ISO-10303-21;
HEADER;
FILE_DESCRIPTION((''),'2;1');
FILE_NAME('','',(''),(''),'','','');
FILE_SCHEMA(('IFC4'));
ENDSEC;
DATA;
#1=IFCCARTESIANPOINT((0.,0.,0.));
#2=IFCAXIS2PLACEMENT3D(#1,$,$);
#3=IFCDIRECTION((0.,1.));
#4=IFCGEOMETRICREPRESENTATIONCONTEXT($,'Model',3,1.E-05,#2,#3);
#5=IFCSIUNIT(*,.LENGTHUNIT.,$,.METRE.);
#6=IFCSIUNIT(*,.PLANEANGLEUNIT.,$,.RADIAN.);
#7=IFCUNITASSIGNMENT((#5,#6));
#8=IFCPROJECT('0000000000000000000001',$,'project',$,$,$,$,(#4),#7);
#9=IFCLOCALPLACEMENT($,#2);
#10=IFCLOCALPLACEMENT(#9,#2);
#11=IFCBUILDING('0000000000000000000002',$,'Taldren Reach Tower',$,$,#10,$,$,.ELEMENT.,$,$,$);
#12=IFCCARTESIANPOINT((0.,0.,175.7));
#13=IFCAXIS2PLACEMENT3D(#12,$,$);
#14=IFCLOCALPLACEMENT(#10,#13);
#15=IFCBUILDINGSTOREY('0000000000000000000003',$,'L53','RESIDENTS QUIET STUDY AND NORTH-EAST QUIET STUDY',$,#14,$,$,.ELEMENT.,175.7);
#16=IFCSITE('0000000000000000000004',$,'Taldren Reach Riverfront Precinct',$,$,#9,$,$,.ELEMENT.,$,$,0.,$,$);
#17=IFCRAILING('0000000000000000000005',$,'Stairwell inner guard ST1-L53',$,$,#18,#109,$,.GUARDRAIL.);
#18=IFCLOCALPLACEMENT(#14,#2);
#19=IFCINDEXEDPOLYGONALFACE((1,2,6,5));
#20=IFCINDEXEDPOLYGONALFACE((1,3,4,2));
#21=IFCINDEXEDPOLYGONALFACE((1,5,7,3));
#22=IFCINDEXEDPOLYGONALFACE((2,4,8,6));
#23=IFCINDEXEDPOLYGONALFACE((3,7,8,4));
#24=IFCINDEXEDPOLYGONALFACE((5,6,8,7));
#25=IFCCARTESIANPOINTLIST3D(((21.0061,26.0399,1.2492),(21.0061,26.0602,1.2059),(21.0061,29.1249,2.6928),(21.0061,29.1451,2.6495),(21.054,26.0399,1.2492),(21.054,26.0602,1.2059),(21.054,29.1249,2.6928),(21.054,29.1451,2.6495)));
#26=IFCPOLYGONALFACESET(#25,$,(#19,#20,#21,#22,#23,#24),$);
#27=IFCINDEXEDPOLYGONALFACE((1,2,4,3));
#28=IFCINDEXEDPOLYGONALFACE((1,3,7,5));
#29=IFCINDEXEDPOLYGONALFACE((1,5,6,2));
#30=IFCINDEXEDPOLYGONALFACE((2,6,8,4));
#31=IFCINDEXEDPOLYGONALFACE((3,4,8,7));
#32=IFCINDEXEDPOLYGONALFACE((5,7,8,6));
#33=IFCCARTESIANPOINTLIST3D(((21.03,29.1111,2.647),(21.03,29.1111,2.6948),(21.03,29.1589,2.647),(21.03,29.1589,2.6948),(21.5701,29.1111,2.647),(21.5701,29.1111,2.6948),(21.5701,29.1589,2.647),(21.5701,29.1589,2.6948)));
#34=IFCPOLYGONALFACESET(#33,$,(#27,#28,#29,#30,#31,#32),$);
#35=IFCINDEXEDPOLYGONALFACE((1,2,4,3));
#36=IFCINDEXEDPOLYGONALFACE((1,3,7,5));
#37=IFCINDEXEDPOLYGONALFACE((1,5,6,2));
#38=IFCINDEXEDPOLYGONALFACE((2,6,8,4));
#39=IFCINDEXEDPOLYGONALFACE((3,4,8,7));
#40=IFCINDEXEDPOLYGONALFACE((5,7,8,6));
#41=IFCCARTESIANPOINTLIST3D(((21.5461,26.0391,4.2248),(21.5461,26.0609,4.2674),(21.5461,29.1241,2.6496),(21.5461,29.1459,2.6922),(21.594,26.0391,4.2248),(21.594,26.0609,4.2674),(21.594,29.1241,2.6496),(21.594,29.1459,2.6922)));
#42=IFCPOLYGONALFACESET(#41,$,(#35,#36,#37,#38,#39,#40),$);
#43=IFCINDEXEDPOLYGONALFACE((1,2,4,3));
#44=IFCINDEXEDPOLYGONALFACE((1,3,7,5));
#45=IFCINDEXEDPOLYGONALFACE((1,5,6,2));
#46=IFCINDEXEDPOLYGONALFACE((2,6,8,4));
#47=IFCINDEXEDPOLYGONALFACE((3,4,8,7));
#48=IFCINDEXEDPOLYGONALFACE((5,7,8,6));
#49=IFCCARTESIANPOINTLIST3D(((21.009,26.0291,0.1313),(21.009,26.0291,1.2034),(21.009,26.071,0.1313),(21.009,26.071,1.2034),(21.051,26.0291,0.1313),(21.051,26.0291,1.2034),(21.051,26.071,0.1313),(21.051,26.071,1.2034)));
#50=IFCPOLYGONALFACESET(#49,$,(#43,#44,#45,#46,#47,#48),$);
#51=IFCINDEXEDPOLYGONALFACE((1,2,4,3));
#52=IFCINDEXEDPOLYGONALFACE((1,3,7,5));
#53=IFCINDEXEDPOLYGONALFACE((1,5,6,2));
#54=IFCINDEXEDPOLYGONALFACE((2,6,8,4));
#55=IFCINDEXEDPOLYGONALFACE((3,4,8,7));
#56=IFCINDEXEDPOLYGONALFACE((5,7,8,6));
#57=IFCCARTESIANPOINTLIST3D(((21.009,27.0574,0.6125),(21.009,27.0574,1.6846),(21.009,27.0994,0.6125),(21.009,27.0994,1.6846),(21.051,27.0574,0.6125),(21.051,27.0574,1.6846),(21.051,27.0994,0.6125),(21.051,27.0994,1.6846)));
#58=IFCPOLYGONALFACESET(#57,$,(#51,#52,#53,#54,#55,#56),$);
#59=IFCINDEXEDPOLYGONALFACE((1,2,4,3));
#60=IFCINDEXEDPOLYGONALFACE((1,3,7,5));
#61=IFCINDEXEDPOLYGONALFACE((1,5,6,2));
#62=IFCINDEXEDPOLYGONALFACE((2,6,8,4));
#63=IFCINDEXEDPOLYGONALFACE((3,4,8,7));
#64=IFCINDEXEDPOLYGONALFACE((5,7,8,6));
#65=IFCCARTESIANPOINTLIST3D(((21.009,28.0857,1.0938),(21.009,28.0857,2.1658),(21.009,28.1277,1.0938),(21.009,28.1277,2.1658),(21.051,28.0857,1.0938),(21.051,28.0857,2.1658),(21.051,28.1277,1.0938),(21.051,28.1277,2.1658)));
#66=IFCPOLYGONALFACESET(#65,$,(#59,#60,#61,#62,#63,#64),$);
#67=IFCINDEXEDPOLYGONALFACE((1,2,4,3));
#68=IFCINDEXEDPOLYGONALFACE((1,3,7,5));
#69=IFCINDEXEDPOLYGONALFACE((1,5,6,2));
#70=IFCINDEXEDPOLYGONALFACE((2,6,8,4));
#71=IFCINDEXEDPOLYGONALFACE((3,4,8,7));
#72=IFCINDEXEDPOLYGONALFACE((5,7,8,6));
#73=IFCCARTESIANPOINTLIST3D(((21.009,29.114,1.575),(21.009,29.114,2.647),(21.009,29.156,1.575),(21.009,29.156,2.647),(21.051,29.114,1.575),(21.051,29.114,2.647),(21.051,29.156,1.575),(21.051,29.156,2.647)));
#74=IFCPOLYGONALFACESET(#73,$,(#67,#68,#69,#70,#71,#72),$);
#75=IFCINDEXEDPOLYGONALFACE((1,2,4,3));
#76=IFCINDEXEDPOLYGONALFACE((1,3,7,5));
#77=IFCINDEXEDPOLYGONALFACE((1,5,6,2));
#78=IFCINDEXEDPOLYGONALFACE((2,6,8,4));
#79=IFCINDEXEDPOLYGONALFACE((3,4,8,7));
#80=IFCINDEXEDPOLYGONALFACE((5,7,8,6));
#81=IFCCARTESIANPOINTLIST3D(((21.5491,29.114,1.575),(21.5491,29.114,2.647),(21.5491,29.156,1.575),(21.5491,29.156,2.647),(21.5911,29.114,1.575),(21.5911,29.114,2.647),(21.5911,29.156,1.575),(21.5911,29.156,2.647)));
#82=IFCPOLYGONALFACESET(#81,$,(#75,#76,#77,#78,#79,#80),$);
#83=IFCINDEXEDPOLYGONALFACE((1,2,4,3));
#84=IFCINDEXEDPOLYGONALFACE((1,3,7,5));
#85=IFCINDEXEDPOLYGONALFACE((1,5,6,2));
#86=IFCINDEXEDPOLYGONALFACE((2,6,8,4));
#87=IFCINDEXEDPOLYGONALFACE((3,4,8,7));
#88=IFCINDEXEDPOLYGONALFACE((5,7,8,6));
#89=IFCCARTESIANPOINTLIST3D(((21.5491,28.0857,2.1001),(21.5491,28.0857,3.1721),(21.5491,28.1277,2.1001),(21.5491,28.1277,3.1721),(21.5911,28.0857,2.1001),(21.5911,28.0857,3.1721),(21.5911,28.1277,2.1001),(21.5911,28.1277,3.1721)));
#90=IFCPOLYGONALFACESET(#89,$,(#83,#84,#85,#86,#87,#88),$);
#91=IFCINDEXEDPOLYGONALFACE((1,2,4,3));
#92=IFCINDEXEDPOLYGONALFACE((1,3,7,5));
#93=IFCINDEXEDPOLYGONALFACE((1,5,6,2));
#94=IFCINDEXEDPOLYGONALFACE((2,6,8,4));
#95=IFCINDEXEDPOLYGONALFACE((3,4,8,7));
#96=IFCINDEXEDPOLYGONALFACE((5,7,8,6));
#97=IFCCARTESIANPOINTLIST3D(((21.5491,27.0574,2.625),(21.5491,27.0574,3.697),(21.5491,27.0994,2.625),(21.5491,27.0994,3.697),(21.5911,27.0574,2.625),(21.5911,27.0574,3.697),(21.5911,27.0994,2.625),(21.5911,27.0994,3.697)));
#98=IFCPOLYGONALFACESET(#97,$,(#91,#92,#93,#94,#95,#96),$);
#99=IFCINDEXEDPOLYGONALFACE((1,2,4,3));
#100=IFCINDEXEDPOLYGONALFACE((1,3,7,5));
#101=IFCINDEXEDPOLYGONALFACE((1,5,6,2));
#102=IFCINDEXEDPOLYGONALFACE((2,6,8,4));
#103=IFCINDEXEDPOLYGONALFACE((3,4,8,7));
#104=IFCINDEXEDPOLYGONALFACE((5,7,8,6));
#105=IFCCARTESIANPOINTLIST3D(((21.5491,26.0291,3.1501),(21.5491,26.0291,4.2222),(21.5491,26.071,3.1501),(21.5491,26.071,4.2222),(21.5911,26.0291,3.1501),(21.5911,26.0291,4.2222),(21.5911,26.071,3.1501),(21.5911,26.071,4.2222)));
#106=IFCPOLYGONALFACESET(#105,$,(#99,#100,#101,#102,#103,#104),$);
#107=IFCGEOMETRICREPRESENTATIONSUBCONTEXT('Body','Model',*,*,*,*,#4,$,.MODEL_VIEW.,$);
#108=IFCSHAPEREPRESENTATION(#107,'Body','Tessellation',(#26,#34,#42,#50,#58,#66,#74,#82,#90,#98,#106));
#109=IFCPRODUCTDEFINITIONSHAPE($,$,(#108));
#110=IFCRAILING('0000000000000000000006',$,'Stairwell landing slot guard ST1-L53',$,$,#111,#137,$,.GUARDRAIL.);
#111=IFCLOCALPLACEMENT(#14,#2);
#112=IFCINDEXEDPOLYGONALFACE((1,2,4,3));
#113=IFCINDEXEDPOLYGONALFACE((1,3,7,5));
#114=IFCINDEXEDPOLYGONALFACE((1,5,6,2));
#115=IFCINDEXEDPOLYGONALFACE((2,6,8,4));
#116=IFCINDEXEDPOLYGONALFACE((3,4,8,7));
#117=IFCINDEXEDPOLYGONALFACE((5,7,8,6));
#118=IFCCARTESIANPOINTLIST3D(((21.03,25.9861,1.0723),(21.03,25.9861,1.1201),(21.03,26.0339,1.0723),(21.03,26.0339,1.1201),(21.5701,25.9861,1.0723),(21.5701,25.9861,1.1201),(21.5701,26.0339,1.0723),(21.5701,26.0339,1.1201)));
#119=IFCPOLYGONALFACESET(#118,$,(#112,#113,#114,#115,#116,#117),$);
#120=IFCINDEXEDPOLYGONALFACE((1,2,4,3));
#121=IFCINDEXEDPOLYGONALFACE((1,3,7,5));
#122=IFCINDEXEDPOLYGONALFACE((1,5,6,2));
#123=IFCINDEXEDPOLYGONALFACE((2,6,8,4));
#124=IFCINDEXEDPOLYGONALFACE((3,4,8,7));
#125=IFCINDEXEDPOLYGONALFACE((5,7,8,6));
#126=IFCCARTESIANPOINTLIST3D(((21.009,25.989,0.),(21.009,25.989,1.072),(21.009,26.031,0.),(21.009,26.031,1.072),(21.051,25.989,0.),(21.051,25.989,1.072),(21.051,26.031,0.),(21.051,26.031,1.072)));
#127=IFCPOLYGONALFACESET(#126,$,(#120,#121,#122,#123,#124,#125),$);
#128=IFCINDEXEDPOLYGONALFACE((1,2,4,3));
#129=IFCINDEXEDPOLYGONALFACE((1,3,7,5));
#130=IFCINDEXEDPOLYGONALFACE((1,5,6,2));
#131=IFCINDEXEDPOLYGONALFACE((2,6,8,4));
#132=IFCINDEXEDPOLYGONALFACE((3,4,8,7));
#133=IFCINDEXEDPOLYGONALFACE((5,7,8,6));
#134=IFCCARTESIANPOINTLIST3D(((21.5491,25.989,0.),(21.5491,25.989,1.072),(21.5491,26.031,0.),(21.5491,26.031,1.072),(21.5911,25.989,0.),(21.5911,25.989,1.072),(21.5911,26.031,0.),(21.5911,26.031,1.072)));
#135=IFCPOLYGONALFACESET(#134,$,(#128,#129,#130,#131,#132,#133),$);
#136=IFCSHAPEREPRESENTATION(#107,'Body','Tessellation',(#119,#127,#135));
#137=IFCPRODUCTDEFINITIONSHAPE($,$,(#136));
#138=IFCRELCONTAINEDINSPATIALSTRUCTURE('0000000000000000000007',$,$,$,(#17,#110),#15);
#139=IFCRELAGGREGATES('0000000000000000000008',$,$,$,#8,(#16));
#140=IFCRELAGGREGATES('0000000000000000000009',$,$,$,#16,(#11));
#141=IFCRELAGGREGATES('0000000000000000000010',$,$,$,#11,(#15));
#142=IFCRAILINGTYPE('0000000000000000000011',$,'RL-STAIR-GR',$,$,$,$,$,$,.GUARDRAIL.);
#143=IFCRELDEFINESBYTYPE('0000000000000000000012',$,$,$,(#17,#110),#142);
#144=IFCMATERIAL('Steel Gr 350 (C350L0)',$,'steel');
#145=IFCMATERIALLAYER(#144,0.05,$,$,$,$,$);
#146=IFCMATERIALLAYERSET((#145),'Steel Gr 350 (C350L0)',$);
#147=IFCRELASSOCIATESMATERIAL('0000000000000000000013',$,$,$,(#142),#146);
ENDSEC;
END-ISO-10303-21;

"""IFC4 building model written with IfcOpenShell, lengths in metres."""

from ifc_helpers import new_model, si_unit, direction, frame, origin, origin_2d, place, context, subcontext, project, spatial, rectangle, extrude, material, layer, layer_set, type_object, element, save


model = new_model("IFC4")

# Units and contexts
model_context = context("Model", 3, precision=1e-05, world=origin(), true_north=direction((0.0, 1.0)))
body_context = subcontext(model_context, "Body", "Model", "MODEL_VIEW")
ifc_project = project(units=[si_unit("LENGTHUNIT", "METRE"), si_unit("PLANEANGLEUNIT", "RADIAN")], contexts=[model_context])

# Site, building, storey
site_placement = place(None, origin())
site = spatial("IfcSite", under=ifc_project, at=site_placement, Name="Taldren Reach Riverfront Precinct", CompositionType="ELEMENT", RefElevation=0.0)
building_placement = place(site_placement, origin())
building = spatial("IfcBuilding", under=site, at=building_placement, Name="Taldren Reach Tower", CompositionType="ELEMENT")
storey_placement = place(building_placement, frame((0.0, 0.0, 175.7)))
storey = spatial("IfcBuildingStorey", under=building, at=storey_placement, Name="L53", Description="RESIDENTS QUIET STUDY AND NORTH-EAST QUIET STUDY", CompositionType="ELEMENT", Elevation=175.7)

# Shared definitions
ifc_material_1 = material(Name="Steel Gr 350 (C350L0)", Category="steel")

# Railings
ifc_layer_1 = layer(ifc_material_1, 0.05)
ifc_layer_set_1 = layer_set([ifc_layer_1], Name="Steel Gr 350 (C350L0)")
railing_type_1 = type_object("IfcRailingType", Name="RL-STAIR-GR", PredefinedType="GUARDRAIL", material=ifc_layer_set_1)
railing_1_placement = place(storey_placement, frame((21.03, 26.05, 0.1313)))
element("IfcRailing", 1, at=railing_1_placement, inside=storey, type_object=railing_type_1, Name="Stairwell inner guard ST1-L53", PredefinedType="GUARDRAIL", context=body_context, shape_type="SweptSolid", body=[
    extrude(rectangle(XDim=0.0479, YDim=0.0479, at=origin_2d()), frame((0.0, 0.0, 1.0962), z_axis=(0.0, 0.905738, 0.423839), x_axis=(-1.0, 0.0, 0.0)), (0.0, 0.0, 1.0), 3.406),
    extrude(rectangle(XDim=0.0479, YDim=0.0479, at=origin_2d()), frame((0.0, 3.085, 2.5396), z_axis=(1.0, 0.0, 0.0), x_axis=(0.0, 1.0, 0.0)), (0.0, 0.0, 1.0), 0.54),
    extrude(rectangle(XDim=0.0479, YDim=0.0479, at=origin_2d()), frame((0.54, 3.085, 2.5396), z_axis=(0.0, -0.890617, 0.454753), x_axis=(1.0, 0.0, 0.0)), (0.0, 0.0, 1.0), 3.4639),
    extrude(rectangle(XDim=0.042, YDim=0.042, at=origin_2d()), origin(), (0.0, 0.0, 1.0), 1.072),
    extrude(rectangle(XDim=0.042, YDim=0.042, at=origin_2d()), frame((0.0, 1.0283, 0.4812)), (0.0, 0.0, 1.0), 1.072),
    extrude(rectangle(XDim=0.042, YDim=0.042, at=origin_2d()), frame((0.0, 2.0566, 0.9624)), (0.0, 0.0, 1.0), 1.072),
    extrude(rectangle(XDim=0.042, YDim=0.042, at=origin_2d()), frame((0.0, 3.085, 1.4436)), (0.0, 0.0, 1.0), 1.072),
    extrude(rectangle(XDim=0.042, YDim=0.042, at=origin_2d()), frame((0.54, 3.085, 1.4436)), (0.0, 0.0, 1.0), 1.072),
    extrude(rectangle(XDim=0.042, YDim=0.042, at=origin_2d()), frame((0.54, 2.0566, 1.9688)), (0.0, 0.0, 1.0), 1.072),
    extrude(rectangle(XDim=0.042, YDim=0.042, at=origin_2d()), frame((0.54, 1.0283, 2.4937)), (0.0, 0.0, 1.0), 1.072),
    extrude(rectangle(XDim=0.042, YDim=0.042, at=origin_2d()), frame((0.54, 0.0, 3.0188)), (0.0, 0.0, 1.0), 1.072),
])
railing_2_placement = place(storey_placement, frame((21.03, 26.01, 0.0)))
element("IfcRailing", 2, at=railing_2_placement, inside=storey, type_object=railing_type_1, Name="Stairwell landing slot guard ST1-L53", PredefinedType="GUARDRAIL", context=body_context, shape_type="SweptSolid", body=[
    extrude(rectangle(XDim=0.0479, YDim=0.0479, at=origin_2d()), frame((0.0, 0.0, 1.0962), z_axis=(1.0, 0.0, 0.0), x_axis=(0.0, 1.0, 0.0)), (0.0, 0.0, 1.0), 0.54),
    extrude(rectangle(XDim=0.042, YDim=0.042, at=origin_2d()), origin(), (0.0, 0.0, 1.0), 1.072),
    extrude(rectangle(XDim=0.042, YDim=0.042, at=origin_2d()), frame((0.54, 0.0, 0.0)), (0.0, 0.0, 1.0), 1.072),
])

save(model, "model.ifc")
